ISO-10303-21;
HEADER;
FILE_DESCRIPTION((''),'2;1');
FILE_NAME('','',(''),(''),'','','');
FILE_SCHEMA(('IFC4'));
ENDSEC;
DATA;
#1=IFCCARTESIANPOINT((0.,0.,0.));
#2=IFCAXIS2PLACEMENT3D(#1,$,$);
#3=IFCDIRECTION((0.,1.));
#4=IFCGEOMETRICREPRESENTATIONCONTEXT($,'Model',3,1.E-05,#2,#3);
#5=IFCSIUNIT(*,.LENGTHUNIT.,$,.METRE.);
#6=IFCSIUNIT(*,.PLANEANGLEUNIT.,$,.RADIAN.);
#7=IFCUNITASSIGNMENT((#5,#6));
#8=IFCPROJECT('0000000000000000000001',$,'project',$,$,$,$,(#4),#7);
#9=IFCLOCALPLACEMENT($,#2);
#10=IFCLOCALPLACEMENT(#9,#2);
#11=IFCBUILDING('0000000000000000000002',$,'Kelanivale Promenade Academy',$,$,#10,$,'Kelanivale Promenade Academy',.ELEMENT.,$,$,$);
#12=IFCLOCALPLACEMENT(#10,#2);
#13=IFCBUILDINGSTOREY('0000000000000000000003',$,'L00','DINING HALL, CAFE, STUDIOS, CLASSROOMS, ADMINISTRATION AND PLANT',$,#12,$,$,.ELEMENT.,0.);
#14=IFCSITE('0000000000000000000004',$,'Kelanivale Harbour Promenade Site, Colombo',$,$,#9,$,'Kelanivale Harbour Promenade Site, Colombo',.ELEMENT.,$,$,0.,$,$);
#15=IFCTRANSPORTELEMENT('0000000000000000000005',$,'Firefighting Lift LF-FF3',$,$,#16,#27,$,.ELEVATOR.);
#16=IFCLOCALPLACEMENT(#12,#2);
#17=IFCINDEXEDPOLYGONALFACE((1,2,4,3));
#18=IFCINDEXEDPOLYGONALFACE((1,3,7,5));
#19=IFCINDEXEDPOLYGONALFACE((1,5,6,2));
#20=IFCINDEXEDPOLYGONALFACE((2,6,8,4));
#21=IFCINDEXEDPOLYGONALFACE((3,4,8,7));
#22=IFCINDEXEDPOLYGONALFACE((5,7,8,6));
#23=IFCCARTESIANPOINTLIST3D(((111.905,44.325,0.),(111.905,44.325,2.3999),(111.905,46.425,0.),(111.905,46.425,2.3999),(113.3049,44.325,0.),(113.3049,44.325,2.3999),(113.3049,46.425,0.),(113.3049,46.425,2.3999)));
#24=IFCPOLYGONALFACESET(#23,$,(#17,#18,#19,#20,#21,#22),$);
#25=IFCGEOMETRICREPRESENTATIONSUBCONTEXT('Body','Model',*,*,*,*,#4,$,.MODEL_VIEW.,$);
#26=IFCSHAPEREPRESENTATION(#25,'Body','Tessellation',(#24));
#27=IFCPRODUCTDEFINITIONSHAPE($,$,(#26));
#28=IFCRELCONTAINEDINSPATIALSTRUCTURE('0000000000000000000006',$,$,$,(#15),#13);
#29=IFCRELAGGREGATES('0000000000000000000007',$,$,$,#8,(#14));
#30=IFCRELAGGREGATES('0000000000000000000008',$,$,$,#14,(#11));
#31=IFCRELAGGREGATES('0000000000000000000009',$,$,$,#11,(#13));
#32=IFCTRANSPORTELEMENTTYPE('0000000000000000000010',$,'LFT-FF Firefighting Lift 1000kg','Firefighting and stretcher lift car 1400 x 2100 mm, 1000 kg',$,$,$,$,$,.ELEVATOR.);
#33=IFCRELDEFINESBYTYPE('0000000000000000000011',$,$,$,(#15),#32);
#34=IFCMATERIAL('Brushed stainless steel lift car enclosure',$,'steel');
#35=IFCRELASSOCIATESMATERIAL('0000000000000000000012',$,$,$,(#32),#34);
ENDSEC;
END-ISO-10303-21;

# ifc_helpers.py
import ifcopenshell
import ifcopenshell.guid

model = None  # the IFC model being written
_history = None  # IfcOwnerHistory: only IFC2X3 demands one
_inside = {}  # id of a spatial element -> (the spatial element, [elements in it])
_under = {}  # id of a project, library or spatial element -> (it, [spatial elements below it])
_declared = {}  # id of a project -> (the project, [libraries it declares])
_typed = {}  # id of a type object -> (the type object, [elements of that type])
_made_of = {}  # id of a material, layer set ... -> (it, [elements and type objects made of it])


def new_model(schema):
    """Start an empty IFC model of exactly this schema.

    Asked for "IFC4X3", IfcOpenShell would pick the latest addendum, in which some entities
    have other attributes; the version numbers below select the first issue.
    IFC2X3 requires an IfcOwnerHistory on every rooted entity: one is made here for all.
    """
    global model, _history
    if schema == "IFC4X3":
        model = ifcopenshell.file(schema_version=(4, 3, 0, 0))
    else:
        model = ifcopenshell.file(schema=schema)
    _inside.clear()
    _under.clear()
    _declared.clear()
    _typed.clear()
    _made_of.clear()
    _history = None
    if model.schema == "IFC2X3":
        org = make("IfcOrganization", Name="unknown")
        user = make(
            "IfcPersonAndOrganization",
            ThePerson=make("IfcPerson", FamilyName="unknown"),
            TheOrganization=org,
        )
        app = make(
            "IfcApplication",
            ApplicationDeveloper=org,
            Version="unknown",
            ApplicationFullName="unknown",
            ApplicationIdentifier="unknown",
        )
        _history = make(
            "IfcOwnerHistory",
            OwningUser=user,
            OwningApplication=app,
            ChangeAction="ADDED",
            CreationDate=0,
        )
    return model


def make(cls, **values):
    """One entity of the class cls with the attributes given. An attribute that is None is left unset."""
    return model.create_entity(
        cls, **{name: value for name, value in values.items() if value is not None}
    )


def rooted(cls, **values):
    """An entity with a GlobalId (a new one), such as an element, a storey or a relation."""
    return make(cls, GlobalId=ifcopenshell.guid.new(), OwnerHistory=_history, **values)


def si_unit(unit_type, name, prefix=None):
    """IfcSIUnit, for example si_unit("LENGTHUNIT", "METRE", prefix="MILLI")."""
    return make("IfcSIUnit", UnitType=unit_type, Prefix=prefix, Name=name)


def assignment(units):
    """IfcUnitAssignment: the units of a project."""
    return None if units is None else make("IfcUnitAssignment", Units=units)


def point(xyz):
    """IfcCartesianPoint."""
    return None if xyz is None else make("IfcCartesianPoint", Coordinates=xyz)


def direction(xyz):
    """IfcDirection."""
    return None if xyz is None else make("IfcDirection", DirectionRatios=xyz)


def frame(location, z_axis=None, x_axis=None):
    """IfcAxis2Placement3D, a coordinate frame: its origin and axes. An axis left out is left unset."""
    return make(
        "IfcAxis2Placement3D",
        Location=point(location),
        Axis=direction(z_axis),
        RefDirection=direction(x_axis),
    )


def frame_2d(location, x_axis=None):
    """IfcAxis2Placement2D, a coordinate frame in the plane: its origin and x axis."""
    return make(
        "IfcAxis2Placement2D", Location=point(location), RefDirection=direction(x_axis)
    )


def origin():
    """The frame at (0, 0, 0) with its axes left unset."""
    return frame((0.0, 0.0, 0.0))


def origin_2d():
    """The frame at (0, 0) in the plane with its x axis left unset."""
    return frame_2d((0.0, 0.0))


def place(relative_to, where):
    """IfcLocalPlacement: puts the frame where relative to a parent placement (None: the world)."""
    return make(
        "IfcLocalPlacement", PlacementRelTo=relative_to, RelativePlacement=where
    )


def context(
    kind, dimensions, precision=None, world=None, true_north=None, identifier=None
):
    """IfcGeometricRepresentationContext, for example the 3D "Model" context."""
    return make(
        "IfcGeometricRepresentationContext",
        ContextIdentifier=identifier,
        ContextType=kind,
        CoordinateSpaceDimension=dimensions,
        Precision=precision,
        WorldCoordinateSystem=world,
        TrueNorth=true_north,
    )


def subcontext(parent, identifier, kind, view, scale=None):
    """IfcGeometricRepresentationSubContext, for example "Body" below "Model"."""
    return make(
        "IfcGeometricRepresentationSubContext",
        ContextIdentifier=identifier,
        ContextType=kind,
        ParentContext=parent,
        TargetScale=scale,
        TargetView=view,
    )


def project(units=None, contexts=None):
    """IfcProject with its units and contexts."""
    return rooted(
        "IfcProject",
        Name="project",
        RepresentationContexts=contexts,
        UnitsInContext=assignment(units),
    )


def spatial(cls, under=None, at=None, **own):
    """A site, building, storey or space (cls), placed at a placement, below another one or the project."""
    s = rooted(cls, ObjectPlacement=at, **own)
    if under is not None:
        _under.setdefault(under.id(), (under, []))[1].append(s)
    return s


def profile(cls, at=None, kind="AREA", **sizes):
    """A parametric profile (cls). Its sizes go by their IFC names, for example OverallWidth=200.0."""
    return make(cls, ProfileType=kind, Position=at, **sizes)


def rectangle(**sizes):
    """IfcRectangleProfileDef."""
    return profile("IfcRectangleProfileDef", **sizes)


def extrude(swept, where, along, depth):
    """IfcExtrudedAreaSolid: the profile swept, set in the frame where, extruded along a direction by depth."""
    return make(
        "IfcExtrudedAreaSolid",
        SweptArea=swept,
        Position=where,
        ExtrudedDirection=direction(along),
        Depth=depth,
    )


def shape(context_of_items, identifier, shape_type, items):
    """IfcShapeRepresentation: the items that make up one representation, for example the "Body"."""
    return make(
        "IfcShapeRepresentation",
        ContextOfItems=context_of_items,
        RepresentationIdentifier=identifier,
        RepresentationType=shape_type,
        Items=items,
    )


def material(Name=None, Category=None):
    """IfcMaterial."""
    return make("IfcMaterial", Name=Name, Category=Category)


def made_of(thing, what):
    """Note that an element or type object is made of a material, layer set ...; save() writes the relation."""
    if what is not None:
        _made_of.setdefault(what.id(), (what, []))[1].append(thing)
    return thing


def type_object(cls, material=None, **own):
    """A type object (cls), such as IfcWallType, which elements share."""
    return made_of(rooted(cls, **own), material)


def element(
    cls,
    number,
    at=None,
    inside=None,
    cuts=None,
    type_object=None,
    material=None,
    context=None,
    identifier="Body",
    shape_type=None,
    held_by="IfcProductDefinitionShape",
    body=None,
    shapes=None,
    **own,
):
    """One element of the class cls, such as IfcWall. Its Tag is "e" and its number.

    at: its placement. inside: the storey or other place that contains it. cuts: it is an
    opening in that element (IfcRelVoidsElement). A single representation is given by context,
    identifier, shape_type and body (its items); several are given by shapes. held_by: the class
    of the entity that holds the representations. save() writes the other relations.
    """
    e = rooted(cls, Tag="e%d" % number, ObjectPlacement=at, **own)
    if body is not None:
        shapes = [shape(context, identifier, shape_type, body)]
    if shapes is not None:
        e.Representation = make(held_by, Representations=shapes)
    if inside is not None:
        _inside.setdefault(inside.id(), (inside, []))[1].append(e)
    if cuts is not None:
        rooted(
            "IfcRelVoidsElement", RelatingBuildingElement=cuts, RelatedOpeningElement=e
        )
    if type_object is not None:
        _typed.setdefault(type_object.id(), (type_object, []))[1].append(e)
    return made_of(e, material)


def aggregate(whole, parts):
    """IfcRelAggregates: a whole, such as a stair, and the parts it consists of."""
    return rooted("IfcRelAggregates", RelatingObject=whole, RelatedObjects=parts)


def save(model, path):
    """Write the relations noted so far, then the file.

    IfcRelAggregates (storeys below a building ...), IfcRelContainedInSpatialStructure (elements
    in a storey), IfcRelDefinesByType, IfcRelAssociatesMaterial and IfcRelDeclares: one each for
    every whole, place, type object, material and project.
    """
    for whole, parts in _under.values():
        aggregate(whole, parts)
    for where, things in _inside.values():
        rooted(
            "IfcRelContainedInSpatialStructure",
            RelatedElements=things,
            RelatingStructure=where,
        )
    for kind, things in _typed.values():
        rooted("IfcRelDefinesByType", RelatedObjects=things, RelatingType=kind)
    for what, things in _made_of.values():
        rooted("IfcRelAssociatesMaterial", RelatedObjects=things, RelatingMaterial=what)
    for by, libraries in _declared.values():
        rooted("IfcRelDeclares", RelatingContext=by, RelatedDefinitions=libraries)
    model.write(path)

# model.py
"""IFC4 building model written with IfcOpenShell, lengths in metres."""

from ifc_helpers import new_model, si_unit, direction, frame, origin, origin_2d, place, context, subcontext, project, spatial, rectangle, extrude, material, type_object, element, save


model = new_model("IFC4")

# Units and contexts
model_context = context("Model", 3, precision=1e-05, world=origin(), true_north=direction((0.0, 1.0)))
body_context = subcontext(model_context, "Body", "Model", "MODEL_VIEW")
ifc_project = project(units=[si_unit("LENGTHUNIT", "METRE"), si_unit("PLANEANGLEUNIT", "RADIAN")], contexts=[model_context])

# Site, building, storey
site_placement = place(None, origin())
site = spatial("IfcSite", under=ifc_project, at=site_placement, Name="Kelanivale Harbour Promenade Site, Colombo", LongName="Kelanivale Harbour Promenade Site, Colombo", CompositionType="ELEMENT", RefElevation=0.0)
building_placement = place(site_placement, origin())
building = spatial("IfcBuilding", under=site, at=building_placement, Name="Kelanivale Promenade Academy", LongName="Kelanivale Promenade Academy", CompositionType="ELEMENT")
storey_placement = place(building_placement, origin())
storey = spatial("IfcBuildingStorey", under=building, at=storey_placement, Name="L00", Description="DINING HALL, CAFE, STUDIOS, CLASSROOMS, ADMINISTRATION AND PLANT", CompositionType="ELEMENT", Elevation=0.0)

# Transport element
ifc_material_1 = material(Name="Brushed stainless steel lift car enclosure", Category="steel")
transport_element_type = type_object("IfcTransportElementType", Name="LFT-FF Firefighting Lift 1000kg", Description="Firefighting and stretcher lift car 1400 x 2100 mm, 1000 kg", PredefinedType="ELEVATOR", material=ifc_material_1)
transport_element_placement = place(storey_placement, frame((112.605, 45.375, 0.0), z_axis=(0.0, 0.0, 1.0), x_axis=(1.0, 0.0, 0.0)))
element("IfcTransportElement", 1, at=transport_element_placement, inside=storey, type_object=transport_element_type, Name="Firefighting Lift LF-FF3", PredefinedType="ELEVATOR", context=body_context, shape_type="SweptSolid", body=[
    extrude(rectangle(XDim=1.3999, YDim=2.1001, at=origin_2d()), origin(), (0.0, 0.0, 1.0), 2.3999),
])

save(model, "model.ifc")
